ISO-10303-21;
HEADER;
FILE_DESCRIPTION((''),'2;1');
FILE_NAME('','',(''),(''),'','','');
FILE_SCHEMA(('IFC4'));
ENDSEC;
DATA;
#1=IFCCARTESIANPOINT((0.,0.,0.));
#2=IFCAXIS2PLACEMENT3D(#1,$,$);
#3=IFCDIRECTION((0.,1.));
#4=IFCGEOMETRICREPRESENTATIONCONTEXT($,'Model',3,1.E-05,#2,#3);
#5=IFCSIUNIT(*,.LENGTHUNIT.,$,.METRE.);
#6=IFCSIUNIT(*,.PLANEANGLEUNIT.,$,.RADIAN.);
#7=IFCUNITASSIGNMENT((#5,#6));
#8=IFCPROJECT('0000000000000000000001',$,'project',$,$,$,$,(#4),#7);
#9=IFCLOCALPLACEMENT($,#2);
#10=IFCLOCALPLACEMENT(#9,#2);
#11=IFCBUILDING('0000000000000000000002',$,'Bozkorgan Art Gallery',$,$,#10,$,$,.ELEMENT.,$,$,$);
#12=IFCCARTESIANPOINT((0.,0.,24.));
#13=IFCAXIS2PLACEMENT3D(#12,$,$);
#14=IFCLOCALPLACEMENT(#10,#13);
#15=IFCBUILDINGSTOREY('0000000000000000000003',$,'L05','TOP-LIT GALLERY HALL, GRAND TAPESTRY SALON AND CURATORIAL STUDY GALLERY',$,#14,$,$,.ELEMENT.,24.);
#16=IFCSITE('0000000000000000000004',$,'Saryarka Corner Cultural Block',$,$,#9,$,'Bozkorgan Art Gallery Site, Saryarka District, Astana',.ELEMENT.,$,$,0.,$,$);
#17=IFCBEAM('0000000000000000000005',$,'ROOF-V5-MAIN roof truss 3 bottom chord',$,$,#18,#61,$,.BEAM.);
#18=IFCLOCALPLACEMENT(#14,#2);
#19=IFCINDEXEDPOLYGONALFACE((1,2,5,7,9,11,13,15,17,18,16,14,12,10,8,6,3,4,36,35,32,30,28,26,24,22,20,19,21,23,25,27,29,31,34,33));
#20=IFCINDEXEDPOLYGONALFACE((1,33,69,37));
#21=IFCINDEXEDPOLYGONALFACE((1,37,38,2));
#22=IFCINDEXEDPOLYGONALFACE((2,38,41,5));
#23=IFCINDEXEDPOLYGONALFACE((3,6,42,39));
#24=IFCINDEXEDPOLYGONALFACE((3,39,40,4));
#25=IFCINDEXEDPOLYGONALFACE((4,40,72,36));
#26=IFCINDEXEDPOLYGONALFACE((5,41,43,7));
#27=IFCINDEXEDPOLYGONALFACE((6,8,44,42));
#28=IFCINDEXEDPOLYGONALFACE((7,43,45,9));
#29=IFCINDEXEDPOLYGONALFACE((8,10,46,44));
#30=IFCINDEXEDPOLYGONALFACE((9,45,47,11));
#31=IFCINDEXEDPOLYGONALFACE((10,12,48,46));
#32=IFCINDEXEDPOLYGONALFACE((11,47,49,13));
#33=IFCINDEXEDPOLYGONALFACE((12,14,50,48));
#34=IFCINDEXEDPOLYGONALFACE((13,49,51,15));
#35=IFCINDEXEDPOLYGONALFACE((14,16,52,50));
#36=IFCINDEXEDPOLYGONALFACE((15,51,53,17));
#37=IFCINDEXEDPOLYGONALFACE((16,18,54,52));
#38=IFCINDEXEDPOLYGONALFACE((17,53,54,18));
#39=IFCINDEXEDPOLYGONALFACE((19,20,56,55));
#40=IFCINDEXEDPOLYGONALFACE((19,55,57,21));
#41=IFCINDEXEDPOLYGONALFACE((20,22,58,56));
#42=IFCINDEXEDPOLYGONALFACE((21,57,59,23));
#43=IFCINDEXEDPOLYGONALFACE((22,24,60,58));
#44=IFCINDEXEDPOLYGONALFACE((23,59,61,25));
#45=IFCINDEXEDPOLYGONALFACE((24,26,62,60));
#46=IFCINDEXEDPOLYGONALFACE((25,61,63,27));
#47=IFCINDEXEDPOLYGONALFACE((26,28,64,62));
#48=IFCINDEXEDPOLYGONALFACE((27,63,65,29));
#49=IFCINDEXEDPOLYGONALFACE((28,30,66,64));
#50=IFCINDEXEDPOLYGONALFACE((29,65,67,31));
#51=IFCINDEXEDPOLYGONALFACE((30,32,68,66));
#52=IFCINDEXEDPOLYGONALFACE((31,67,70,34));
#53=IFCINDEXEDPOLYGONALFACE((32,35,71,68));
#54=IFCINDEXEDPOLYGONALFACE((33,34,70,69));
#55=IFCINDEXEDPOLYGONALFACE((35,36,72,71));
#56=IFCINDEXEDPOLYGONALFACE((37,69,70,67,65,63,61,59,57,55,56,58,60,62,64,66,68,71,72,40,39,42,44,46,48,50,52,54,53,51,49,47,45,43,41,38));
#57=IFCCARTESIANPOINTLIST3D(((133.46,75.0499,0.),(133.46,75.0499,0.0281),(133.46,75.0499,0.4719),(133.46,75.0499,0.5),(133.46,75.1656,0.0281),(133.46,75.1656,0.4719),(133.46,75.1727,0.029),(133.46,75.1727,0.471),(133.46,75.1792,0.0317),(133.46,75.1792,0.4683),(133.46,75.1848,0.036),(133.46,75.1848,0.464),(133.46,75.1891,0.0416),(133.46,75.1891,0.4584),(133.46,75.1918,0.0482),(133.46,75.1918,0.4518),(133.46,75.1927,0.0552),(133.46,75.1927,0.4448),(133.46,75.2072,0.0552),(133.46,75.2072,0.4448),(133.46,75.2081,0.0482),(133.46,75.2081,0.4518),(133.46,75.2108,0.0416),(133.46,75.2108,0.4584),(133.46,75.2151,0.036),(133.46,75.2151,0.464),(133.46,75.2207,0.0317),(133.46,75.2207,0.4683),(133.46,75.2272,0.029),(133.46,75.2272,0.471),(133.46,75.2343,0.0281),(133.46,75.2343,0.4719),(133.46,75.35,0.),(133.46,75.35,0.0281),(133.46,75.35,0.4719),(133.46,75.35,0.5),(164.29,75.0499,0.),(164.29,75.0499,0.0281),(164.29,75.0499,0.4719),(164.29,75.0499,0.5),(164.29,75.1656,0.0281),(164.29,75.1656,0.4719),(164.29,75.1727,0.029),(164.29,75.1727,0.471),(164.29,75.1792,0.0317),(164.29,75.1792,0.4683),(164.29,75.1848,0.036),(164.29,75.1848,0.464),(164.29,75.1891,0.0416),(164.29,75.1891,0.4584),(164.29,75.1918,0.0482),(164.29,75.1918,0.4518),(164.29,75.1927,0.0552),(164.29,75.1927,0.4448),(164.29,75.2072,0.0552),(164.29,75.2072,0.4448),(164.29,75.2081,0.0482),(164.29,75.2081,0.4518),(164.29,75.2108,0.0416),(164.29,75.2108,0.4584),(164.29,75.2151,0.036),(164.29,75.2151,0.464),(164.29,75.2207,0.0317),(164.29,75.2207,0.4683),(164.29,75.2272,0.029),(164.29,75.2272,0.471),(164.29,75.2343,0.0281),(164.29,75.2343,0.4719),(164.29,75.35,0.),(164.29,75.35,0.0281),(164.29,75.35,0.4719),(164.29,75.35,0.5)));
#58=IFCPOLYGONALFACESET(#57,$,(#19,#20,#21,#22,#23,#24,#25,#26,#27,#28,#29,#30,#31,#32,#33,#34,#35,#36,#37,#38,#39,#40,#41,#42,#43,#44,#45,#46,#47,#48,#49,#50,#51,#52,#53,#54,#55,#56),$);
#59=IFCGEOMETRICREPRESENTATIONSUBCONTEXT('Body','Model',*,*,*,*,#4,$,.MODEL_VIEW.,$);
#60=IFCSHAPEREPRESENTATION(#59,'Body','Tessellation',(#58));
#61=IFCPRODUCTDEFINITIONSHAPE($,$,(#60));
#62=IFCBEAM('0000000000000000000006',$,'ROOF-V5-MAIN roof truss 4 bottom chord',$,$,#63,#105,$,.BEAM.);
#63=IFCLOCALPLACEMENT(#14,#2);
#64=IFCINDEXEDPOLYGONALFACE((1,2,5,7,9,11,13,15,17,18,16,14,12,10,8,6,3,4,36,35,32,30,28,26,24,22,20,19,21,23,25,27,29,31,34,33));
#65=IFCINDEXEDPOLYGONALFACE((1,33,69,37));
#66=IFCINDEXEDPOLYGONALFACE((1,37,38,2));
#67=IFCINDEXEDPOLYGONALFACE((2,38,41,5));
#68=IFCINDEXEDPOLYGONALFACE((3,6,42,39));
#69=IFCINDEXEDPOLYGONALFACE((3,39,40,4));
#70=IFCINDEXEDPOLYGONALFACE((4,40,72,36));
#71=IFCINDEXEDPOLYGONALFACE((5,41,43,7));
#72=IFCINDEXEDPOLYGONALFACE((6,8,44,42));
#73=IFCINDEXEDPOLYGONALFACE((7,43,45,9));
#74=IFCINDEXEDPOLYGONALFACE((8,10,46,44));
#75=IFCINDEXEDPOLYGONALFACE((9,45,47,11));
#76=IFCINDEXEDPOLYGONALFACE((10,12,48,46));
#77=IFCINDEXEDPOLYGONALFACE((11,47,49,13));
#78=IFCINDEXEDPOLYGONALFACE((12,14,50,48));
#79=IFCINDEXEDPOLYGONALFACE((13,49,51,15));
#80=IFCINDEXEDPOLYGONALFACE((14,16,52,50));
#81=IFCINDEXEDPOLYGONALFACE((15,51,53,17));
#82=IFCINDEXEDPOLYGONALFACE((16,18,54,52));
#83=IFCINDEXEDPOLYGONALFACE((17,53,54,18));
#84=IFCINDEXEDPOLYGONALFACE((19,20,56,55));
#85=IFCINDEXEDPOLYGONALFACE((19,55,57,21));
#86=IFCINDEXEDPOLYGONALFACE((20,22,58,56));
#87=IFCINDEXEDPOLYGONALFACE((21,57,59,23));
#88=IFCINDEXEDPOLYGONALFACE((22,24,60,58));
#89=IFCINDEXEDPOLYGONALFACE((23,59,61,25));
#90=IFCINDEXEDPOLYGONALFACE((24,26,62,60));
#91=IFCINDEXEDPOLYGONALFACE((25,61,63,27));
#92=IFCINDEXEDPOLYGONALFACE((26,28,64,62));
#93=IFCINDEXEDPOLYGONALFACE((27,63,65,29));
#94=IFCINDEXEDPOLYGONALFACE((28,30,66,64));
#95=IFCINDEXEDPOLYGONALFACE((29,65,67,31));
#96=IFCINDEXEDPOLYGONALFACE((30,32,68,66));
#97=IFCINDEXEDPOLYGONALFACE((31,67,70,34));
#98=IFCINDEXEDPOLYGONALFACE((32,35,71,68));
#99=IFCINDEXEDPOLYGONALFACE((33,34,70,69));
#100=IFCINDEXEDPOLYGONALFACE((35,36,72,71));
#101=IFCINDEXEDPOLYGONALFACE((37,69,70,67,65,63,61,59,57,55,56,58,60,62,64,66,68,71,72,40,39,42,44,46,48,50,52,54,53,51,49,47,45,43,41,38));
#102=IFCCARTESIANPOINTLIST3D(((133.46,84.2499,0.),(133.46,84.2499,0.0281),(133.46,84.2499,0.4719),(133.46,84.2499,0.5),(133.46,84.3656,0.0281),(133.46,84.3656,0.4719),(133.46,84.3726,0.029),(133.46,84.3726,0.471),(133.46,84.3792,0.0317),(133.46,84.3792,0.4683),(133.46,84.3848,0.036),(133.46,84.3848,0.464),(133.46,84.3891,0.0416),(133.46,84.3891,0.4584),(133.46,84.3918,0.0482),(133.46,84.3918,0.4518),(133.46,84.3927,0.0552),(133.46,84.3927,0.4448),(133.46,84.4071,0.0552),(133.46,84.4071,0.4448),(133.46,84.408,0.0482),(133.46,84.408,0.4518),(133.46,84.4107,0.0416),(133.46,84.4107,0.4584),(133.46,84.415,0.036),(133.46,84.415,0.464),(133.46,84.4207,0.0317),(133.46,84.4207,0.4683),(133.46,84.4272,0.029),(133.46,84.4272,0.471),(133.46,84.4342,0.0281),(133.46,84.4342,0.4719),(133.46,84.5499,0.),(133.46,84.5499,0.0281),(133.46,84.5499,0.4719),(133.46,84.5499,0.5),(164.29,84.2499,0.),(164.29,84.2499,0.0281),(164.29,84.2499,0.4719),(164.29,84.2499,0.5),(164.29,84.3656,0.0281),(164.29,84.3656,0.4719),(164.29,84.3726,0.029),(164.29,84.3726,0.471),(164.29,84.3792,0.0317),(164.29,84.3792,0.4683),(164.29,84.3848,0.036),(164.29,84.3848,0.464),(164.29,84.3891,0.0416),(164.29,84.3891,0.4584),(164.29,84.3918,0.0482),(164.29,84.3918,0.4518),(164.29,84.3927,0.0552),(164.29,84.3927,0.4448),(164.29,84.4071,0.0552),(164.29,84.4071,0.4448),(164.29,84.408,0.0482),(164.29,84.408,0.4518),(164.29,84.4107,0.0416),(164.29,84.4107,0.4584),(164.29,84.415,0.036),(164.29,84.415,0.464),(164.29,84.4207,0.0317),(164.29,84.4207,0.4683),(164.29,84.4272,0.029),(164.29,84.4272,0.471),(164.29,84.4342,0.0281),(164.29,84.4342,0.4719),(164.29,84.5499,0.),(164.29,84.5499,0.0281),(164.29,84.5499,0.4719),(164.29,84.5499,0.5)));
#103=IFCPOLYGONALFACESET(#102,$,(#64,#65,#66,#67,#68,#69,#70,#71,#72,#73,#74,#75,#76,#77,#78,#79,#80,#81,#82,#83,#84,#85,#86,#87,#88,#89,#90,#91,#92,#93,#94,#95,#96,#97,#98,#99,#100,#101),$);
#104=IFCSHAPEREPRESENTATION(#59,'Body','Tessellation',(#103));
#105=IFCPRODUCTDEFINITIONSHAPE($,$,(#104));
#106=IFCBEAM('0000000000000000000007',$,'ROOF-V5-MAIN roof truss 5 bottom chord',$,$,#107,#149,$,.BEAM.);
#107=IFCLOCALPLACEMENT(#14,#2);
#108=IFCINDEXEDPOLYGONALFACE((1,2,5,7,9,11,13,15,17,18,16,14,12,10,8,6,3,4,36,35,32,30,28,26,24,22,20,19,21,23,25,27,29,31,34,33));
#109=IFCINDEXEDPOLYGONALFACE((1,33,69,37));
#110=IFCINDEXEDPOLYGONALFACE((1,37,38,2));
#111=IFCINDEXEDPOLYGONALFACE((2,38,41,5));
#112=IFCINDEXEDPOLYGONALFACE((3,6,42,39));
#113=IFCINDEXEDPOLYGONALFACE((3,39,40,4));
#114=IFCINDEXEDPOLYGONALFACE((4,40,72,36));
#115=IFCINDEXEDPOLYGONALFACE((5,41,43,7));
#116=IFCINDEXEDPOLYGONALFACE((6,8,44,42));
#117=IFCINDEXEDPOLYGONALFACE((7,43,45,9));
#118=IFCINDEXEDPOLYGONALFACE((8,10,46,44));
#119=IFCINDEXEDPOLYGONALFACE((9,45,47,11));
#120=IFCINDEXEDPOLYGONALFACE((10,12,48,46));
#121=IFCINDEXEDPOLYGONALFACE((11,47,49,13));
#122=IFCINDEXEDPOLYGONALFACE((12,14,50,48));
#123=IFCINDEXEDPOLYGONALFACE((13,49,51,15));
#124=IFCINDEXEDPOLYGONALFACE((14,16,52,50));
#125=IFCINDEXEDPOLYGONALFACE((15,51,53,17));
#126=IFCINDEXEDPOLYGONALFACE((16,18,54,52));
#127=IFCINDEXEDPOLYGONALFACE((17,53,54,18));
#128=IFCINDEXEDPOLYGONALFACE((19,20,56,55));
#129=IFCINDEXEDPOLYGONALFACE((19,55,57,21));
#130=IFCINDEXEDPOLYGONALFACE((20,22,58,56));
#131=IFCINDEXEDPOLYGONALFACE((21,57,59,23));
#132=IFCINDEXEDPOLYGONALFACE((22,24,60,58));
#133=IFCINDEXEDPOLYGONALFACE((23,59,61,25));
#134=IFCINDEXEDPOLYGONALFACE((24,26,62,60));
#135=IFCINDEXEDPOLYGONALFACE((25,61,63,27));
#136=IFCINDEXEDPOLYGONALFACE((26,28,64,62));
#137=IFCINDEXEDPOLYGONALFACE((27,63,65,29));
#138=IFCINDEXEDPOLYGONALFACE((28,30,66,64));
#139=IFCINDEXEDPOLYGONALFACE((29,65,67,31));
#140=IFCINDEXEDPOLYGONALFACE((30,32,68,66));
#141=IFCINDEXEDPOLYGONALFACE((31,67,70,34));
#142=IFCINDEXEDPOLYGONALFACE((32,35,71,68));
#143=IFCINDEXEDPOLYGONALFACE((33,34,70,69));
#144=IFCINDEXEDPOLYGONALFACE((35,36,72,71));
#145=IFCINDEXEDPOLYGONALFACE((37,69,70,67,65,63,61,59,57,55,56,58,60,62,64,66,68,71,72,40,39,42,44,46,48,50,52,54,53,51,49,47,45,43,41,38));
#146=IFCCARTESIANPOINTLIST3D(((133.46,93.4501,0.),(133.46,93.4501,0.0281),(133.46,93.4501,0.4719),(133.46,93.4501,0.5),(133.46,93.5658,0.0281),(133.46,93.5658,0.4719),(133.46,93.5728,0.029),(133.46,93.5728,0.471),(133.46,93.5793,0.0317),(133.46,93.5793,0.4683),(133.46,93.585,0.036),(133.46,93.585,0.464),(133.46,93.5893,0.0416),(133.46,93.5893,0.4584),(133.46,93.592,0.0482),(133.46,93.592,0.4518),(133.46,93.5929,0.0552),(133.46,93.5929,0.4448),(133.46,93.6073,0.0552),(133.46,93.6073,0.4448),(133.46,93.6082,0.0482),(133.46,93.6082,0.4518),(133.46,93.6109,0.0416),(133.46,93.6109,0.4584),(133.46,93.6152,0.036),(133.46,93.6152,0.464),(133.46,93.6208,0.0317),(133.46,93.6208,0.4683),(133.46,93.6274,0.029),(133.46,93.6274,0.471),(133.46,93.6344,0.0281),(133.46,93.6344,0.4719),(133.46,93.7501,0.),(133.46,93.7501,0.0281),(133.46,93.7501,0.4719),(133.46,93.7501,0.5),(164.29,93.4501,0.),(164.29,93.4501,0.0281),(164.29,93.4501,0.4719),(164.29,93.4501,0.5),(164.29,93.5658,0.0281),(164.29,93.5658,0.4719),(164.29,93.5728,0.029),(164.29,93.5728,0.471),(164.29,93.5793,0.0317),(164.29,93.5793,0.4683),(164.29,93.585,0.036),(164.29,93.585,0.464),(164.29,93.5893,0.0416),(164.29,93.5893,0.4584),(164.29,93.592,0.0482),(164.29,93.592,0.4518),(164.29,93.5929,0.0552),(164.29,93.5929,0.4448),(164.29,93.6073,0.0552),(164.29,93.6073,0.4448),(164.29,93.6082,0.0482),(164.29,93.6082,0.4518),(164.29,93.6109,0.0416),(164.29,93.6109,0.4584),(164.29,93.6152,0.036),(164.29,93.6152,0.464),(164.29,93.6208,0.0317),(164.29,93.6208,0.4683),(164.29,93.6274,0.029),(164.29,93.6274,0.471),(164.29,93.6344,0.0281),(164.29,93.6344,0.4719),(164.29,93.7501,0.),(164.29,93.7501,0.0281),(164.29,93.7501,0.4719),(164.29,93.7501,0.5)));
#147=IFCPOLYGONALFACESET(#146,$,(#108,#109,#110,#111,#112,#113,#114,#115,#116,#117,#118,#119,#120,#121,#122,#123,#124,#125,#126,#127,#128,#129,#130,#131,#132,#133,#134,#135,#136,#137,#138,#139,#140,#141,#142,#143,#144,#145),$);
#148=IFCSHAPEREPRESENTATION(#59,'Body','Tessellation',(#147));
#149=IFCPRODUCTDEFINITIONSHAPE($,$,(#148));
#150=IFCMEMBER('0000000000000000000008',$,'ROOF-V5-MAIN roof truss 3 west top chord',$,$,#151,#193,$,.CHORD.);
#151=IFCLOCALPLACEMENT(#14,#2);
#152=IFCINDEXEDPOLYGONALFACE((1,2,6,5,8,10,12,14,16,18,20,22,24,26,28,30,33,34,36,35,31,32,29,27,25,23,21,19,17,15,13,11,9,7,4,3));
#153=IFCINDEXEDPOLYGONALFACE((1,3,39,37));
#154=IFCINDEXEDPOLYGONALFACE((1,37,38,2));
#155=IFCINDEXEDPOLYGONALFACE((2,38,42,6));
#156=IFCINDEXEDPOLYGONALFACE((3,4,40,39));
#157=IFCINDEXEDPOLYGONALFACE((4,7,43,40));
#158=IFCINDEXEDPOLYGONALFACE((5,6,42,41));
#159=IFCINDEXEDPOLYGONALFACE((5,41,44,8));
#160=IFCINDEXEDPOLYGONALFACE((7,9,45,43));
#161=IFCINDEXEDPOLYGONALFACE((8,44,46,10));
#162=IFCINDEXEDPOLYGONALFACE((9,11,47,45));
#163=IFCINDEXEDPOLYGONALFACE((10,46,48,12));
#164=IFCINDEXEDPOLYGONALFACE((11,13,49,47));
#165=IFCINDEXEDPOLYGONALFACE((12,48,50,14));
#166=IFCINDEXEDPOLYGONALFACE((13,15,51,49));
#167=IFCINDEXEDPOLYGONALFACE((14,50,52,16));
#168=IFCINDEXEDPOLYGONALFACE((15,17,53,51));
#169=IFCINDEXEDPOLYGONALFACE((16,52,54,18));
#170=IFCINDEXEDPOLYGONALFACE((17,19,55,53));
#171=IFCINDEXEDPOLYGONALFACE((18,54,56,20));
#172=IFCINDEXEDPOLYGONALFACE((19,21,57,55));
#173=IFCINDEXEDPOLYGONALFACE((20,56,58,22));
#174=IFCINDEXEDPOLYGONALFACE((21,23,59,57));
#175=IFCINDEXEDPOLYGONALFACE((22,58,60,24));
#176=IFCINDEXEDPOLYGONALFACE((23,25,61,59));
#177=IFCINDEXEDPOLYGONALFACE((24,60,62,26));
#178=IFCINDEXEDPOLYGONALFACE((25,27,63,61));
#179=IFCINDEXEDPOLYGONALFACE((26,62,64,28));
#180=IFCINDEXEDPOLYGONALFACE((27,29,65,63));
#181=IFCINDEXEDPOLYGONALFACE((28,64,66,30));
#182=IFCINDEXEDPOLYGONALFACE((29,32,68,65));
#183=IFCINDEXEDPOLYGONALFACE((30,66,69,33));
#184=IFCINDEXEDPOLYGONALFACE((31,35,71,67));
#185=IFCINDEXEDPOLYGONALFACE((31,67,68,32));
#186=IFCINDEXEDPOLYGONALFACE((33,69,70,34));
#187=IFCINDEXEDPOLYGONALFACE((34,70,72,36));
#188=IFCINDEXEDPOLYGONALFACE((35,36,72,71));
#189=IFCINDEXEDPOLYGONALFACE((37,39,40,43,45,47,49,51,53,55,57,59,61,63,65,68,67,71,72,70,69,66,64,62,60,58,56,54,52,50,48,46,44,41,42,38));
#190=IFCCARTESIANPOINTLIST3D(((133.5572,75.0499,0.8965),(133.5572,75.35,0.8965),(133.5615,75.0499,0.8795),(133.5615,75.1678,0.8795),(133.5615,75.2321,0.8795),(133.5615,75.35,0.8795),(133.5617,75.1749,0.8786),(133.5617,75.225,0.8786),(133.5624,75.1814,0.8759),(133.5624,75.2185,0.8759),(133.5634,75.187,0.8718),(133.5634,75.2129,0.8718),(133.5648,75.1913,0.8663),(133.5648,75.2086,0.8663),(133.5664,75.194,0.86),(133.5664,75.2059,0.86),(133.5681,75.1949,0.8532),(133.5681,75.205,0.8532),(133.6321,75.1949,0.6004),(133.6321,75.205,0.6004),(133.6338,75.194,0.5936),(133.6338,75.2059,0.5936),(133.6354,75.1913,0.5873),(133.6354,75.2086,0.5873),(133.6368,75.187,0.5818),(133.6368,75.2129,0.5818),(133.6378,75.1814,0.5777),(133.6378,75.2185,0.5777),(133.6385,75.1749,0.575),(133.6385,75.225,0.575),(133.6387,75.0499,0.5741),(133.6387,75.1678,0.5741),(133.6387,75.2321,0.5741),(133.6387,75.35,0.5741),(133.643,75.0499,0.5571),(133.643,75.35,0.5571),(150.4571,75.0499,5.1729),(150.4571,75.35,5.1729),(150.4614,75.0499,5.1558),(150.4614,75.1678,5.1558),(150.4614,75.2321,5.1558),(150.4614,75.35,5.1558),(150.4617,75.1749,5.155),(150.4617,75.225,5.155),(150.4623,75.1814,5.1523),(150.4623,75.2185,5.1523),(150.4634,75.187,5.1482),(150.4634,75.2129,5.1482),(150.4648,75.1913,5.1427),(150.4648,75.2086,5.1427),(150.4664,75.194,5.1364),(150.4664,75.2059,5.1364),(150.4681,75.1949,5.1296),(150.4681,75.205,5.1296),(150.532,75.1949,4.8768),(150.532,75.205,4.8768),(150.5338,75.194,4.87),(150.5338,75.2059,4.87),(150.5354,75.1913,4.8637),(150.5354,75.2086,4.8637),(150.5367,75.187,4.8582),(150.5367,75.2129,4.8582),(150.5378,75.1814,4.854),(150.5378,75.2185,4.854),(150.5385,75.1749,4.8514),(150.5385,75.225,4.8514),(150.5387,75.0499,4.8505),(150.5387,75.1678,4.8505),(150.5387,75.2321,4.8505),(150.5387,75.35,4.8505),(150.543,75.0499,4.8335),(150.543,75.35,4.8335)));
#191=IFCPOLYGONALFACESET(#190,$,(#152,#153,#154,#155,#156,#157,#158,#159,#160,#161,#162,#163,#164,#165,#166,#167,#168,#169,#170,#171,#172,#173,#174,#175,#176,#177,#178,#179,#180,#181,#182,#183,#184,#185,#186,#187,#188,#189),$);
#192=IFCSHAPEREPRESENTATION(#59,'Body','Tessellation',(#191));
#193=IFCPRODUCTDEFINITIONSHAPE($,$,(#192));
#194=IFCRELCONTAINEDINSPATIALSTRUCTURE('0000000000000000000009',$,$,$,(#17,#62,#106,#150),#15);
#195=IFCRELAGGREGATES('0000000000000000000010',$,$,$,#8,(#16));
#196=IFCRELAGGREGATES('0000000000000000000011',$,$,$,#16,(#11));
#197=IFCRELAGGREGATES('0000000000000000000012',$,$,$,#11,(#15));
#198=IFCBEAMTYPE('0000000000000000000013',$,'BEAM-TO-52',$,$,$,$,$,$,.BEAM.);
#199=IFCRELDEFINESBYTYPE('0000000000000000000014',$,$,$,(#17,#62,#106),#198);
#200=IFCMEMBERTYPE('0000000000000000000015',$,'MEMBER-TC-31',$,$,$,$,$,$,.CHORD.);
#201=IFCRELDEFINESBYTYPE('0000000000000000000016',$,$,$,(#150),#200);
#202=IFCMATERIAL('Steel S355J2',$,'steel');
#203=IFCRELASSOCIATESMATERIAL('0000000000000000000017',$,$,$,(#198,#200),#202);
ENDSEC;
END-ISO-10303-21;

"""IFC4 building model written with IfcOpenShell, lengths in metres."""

from ifc_helpers import new_model, si_unit, direction, frame, origin, origin_2d, place, context, subcontext, project, spatial, i_section, extrude, material, material_profile, profile_set, type_object, element, save


model = new_model("IFC4")

# Units and contexts
model_context = context("Model", 3, precision=1e-05, world=origin(), true_north=direction((0.0, 1.0)))
body_context = subcontext(model_context, "Body", "Model", "MODEL_VIEW")
ifc_project = project(units=[si_unit("LENGTHUNIT", "METRE"), si_unit("PLANEANGLEUNIT", "RADIAN")], contexts=[model_context])

# Site, building, storey
site_placement = place(None, origin())
site = spatial("IfcSite", under=ifc_project, at=site_placement, Name="Saryarka Corner Cultural Block", LongName="Bozkorgan Art Gallery Site, Saryarka District, Astana", CompositionType="ELEMENT", RefElevation=0.0)
building_placement = place(site_placement, origin())
building = spatial("IfcBuilding", under=site, at=building_placement, Name="Bozkorgan Art Gallery", CompositionType="ELEMENT")
storey_placement = place(building_placement, frame((0.0, 0.0, 24.0)))
storey = spatial("IfcBuildingStorey", under=building, at=storey_placement, Name="L05", Description="TOP-LIT GALLERY HALL, GRAND TAPESTRY SALON AND CURATORIAL STUDY GALLERY", CompositionType="ELEMENT", Elevation=24.0)

# Beams
ifc_material_1 = material(Name="Steel S355J2", Category="steel")
ifc_material_profile_1 = material_profile(ifc_material_1, i_section(OverallWidth=0.3, OverallDepth=0.5, WebThickness=0.0144, FlangeThickness=0.0281, FilletRadius=0.0271, at=origin_2d()), Name="HEB 500")
ifc_profile_set_1 = profile_set([ifc_material_profile_1], Name="Steel S355J2")
beam_type = type_object("IfcBeamType", Name="BEAM-TO-52", PredefinedType="BEAM", material=ifc_profile_set_1)
for number, where, z_axis, x_axis, name in (
    (1, (133.46, 75.2, 0.25), (1.0, 0.0, 0.0), (0.0, 1.0, 0.0), "ROOF-V5-MAIN roof truss 3 bottom chord"),
    (2, (133.46, 84.3999, 0.25), (1.0, 0.0, 0.0), (0.0, 1.0, 0.0), "ROOF-V5-MAIN roof truss 4 bottom chord"),
    (3, (133.46, 93.6001, 0.25), (1.0, 0.0, 0.0), (0.0, 1.0, 0.0), "ROOF-V5-MAIN roof truss 5 bottom chord"),
):
    element("IfcBeam", number, at=place(storey_placement, frame(where, z_axis=z_axis, x_axis=x_axis)), inside=storey, type_object=beam_type, Name=name, PredefinedType="BEAM", context=body_context, shape_type="SweptSolid", body=[
        extrude(i_section(OverallWidth=0.3, OverallDepth=0.5, WebThickness=0.0144, FlangeThickness=0.0281, FilletRadius=0.0271, at=origin_2d()), origin(), (0.0, 0.0, 1.0), 30.8301),
    ])

# Member
ifc_material_profile_2 = material_profile(ifc_material_1, i_section(OverallWidth=0.3, OverallDepth=0.3501, WebThickness=0.01, FlangeThickness=0.0176, FilletRadius=0.0271, at=origin_2d()), Name="HEA 360")
ifc_profile_set_2 = profile_set([ifc_material_profile_2], Name="Steel S355J2")
member_type_1 = type_object("IfcMemberType", Name="MEMBER-TC-31", PredefinedType="CHORD", material=ifc_profile_set_2)
for number, where, z_axis, x_axis, name in (
    (4, (133.6001, 75.2, 0.7268), (0.969445, 0.0, 0.245309), (0.0, 1.0, 0.0), "ROOF-V5-MAIN roof truss 3 west top chord"),
):
    element("IfcMember", number, at=place(storey_placement, frame(where, z_axis=z_axis, x_axis=x_axis)), inside=storey, type_object=member_type_1, Name=name, PredefinedType="CHORD", context=body_context, shape_type="SweptSolid", body=[
        extrude(i_section(OverallWidth=0.3, OverallDepth=0.3501, WebThickness=0.01, FlangeThickness=0.0176, FilletRadius=0.0271, at=origin_2d()), origin(), (0.0, 0.0, 1.0), 17.4326),
    ])

save(model, "model.ifc")
